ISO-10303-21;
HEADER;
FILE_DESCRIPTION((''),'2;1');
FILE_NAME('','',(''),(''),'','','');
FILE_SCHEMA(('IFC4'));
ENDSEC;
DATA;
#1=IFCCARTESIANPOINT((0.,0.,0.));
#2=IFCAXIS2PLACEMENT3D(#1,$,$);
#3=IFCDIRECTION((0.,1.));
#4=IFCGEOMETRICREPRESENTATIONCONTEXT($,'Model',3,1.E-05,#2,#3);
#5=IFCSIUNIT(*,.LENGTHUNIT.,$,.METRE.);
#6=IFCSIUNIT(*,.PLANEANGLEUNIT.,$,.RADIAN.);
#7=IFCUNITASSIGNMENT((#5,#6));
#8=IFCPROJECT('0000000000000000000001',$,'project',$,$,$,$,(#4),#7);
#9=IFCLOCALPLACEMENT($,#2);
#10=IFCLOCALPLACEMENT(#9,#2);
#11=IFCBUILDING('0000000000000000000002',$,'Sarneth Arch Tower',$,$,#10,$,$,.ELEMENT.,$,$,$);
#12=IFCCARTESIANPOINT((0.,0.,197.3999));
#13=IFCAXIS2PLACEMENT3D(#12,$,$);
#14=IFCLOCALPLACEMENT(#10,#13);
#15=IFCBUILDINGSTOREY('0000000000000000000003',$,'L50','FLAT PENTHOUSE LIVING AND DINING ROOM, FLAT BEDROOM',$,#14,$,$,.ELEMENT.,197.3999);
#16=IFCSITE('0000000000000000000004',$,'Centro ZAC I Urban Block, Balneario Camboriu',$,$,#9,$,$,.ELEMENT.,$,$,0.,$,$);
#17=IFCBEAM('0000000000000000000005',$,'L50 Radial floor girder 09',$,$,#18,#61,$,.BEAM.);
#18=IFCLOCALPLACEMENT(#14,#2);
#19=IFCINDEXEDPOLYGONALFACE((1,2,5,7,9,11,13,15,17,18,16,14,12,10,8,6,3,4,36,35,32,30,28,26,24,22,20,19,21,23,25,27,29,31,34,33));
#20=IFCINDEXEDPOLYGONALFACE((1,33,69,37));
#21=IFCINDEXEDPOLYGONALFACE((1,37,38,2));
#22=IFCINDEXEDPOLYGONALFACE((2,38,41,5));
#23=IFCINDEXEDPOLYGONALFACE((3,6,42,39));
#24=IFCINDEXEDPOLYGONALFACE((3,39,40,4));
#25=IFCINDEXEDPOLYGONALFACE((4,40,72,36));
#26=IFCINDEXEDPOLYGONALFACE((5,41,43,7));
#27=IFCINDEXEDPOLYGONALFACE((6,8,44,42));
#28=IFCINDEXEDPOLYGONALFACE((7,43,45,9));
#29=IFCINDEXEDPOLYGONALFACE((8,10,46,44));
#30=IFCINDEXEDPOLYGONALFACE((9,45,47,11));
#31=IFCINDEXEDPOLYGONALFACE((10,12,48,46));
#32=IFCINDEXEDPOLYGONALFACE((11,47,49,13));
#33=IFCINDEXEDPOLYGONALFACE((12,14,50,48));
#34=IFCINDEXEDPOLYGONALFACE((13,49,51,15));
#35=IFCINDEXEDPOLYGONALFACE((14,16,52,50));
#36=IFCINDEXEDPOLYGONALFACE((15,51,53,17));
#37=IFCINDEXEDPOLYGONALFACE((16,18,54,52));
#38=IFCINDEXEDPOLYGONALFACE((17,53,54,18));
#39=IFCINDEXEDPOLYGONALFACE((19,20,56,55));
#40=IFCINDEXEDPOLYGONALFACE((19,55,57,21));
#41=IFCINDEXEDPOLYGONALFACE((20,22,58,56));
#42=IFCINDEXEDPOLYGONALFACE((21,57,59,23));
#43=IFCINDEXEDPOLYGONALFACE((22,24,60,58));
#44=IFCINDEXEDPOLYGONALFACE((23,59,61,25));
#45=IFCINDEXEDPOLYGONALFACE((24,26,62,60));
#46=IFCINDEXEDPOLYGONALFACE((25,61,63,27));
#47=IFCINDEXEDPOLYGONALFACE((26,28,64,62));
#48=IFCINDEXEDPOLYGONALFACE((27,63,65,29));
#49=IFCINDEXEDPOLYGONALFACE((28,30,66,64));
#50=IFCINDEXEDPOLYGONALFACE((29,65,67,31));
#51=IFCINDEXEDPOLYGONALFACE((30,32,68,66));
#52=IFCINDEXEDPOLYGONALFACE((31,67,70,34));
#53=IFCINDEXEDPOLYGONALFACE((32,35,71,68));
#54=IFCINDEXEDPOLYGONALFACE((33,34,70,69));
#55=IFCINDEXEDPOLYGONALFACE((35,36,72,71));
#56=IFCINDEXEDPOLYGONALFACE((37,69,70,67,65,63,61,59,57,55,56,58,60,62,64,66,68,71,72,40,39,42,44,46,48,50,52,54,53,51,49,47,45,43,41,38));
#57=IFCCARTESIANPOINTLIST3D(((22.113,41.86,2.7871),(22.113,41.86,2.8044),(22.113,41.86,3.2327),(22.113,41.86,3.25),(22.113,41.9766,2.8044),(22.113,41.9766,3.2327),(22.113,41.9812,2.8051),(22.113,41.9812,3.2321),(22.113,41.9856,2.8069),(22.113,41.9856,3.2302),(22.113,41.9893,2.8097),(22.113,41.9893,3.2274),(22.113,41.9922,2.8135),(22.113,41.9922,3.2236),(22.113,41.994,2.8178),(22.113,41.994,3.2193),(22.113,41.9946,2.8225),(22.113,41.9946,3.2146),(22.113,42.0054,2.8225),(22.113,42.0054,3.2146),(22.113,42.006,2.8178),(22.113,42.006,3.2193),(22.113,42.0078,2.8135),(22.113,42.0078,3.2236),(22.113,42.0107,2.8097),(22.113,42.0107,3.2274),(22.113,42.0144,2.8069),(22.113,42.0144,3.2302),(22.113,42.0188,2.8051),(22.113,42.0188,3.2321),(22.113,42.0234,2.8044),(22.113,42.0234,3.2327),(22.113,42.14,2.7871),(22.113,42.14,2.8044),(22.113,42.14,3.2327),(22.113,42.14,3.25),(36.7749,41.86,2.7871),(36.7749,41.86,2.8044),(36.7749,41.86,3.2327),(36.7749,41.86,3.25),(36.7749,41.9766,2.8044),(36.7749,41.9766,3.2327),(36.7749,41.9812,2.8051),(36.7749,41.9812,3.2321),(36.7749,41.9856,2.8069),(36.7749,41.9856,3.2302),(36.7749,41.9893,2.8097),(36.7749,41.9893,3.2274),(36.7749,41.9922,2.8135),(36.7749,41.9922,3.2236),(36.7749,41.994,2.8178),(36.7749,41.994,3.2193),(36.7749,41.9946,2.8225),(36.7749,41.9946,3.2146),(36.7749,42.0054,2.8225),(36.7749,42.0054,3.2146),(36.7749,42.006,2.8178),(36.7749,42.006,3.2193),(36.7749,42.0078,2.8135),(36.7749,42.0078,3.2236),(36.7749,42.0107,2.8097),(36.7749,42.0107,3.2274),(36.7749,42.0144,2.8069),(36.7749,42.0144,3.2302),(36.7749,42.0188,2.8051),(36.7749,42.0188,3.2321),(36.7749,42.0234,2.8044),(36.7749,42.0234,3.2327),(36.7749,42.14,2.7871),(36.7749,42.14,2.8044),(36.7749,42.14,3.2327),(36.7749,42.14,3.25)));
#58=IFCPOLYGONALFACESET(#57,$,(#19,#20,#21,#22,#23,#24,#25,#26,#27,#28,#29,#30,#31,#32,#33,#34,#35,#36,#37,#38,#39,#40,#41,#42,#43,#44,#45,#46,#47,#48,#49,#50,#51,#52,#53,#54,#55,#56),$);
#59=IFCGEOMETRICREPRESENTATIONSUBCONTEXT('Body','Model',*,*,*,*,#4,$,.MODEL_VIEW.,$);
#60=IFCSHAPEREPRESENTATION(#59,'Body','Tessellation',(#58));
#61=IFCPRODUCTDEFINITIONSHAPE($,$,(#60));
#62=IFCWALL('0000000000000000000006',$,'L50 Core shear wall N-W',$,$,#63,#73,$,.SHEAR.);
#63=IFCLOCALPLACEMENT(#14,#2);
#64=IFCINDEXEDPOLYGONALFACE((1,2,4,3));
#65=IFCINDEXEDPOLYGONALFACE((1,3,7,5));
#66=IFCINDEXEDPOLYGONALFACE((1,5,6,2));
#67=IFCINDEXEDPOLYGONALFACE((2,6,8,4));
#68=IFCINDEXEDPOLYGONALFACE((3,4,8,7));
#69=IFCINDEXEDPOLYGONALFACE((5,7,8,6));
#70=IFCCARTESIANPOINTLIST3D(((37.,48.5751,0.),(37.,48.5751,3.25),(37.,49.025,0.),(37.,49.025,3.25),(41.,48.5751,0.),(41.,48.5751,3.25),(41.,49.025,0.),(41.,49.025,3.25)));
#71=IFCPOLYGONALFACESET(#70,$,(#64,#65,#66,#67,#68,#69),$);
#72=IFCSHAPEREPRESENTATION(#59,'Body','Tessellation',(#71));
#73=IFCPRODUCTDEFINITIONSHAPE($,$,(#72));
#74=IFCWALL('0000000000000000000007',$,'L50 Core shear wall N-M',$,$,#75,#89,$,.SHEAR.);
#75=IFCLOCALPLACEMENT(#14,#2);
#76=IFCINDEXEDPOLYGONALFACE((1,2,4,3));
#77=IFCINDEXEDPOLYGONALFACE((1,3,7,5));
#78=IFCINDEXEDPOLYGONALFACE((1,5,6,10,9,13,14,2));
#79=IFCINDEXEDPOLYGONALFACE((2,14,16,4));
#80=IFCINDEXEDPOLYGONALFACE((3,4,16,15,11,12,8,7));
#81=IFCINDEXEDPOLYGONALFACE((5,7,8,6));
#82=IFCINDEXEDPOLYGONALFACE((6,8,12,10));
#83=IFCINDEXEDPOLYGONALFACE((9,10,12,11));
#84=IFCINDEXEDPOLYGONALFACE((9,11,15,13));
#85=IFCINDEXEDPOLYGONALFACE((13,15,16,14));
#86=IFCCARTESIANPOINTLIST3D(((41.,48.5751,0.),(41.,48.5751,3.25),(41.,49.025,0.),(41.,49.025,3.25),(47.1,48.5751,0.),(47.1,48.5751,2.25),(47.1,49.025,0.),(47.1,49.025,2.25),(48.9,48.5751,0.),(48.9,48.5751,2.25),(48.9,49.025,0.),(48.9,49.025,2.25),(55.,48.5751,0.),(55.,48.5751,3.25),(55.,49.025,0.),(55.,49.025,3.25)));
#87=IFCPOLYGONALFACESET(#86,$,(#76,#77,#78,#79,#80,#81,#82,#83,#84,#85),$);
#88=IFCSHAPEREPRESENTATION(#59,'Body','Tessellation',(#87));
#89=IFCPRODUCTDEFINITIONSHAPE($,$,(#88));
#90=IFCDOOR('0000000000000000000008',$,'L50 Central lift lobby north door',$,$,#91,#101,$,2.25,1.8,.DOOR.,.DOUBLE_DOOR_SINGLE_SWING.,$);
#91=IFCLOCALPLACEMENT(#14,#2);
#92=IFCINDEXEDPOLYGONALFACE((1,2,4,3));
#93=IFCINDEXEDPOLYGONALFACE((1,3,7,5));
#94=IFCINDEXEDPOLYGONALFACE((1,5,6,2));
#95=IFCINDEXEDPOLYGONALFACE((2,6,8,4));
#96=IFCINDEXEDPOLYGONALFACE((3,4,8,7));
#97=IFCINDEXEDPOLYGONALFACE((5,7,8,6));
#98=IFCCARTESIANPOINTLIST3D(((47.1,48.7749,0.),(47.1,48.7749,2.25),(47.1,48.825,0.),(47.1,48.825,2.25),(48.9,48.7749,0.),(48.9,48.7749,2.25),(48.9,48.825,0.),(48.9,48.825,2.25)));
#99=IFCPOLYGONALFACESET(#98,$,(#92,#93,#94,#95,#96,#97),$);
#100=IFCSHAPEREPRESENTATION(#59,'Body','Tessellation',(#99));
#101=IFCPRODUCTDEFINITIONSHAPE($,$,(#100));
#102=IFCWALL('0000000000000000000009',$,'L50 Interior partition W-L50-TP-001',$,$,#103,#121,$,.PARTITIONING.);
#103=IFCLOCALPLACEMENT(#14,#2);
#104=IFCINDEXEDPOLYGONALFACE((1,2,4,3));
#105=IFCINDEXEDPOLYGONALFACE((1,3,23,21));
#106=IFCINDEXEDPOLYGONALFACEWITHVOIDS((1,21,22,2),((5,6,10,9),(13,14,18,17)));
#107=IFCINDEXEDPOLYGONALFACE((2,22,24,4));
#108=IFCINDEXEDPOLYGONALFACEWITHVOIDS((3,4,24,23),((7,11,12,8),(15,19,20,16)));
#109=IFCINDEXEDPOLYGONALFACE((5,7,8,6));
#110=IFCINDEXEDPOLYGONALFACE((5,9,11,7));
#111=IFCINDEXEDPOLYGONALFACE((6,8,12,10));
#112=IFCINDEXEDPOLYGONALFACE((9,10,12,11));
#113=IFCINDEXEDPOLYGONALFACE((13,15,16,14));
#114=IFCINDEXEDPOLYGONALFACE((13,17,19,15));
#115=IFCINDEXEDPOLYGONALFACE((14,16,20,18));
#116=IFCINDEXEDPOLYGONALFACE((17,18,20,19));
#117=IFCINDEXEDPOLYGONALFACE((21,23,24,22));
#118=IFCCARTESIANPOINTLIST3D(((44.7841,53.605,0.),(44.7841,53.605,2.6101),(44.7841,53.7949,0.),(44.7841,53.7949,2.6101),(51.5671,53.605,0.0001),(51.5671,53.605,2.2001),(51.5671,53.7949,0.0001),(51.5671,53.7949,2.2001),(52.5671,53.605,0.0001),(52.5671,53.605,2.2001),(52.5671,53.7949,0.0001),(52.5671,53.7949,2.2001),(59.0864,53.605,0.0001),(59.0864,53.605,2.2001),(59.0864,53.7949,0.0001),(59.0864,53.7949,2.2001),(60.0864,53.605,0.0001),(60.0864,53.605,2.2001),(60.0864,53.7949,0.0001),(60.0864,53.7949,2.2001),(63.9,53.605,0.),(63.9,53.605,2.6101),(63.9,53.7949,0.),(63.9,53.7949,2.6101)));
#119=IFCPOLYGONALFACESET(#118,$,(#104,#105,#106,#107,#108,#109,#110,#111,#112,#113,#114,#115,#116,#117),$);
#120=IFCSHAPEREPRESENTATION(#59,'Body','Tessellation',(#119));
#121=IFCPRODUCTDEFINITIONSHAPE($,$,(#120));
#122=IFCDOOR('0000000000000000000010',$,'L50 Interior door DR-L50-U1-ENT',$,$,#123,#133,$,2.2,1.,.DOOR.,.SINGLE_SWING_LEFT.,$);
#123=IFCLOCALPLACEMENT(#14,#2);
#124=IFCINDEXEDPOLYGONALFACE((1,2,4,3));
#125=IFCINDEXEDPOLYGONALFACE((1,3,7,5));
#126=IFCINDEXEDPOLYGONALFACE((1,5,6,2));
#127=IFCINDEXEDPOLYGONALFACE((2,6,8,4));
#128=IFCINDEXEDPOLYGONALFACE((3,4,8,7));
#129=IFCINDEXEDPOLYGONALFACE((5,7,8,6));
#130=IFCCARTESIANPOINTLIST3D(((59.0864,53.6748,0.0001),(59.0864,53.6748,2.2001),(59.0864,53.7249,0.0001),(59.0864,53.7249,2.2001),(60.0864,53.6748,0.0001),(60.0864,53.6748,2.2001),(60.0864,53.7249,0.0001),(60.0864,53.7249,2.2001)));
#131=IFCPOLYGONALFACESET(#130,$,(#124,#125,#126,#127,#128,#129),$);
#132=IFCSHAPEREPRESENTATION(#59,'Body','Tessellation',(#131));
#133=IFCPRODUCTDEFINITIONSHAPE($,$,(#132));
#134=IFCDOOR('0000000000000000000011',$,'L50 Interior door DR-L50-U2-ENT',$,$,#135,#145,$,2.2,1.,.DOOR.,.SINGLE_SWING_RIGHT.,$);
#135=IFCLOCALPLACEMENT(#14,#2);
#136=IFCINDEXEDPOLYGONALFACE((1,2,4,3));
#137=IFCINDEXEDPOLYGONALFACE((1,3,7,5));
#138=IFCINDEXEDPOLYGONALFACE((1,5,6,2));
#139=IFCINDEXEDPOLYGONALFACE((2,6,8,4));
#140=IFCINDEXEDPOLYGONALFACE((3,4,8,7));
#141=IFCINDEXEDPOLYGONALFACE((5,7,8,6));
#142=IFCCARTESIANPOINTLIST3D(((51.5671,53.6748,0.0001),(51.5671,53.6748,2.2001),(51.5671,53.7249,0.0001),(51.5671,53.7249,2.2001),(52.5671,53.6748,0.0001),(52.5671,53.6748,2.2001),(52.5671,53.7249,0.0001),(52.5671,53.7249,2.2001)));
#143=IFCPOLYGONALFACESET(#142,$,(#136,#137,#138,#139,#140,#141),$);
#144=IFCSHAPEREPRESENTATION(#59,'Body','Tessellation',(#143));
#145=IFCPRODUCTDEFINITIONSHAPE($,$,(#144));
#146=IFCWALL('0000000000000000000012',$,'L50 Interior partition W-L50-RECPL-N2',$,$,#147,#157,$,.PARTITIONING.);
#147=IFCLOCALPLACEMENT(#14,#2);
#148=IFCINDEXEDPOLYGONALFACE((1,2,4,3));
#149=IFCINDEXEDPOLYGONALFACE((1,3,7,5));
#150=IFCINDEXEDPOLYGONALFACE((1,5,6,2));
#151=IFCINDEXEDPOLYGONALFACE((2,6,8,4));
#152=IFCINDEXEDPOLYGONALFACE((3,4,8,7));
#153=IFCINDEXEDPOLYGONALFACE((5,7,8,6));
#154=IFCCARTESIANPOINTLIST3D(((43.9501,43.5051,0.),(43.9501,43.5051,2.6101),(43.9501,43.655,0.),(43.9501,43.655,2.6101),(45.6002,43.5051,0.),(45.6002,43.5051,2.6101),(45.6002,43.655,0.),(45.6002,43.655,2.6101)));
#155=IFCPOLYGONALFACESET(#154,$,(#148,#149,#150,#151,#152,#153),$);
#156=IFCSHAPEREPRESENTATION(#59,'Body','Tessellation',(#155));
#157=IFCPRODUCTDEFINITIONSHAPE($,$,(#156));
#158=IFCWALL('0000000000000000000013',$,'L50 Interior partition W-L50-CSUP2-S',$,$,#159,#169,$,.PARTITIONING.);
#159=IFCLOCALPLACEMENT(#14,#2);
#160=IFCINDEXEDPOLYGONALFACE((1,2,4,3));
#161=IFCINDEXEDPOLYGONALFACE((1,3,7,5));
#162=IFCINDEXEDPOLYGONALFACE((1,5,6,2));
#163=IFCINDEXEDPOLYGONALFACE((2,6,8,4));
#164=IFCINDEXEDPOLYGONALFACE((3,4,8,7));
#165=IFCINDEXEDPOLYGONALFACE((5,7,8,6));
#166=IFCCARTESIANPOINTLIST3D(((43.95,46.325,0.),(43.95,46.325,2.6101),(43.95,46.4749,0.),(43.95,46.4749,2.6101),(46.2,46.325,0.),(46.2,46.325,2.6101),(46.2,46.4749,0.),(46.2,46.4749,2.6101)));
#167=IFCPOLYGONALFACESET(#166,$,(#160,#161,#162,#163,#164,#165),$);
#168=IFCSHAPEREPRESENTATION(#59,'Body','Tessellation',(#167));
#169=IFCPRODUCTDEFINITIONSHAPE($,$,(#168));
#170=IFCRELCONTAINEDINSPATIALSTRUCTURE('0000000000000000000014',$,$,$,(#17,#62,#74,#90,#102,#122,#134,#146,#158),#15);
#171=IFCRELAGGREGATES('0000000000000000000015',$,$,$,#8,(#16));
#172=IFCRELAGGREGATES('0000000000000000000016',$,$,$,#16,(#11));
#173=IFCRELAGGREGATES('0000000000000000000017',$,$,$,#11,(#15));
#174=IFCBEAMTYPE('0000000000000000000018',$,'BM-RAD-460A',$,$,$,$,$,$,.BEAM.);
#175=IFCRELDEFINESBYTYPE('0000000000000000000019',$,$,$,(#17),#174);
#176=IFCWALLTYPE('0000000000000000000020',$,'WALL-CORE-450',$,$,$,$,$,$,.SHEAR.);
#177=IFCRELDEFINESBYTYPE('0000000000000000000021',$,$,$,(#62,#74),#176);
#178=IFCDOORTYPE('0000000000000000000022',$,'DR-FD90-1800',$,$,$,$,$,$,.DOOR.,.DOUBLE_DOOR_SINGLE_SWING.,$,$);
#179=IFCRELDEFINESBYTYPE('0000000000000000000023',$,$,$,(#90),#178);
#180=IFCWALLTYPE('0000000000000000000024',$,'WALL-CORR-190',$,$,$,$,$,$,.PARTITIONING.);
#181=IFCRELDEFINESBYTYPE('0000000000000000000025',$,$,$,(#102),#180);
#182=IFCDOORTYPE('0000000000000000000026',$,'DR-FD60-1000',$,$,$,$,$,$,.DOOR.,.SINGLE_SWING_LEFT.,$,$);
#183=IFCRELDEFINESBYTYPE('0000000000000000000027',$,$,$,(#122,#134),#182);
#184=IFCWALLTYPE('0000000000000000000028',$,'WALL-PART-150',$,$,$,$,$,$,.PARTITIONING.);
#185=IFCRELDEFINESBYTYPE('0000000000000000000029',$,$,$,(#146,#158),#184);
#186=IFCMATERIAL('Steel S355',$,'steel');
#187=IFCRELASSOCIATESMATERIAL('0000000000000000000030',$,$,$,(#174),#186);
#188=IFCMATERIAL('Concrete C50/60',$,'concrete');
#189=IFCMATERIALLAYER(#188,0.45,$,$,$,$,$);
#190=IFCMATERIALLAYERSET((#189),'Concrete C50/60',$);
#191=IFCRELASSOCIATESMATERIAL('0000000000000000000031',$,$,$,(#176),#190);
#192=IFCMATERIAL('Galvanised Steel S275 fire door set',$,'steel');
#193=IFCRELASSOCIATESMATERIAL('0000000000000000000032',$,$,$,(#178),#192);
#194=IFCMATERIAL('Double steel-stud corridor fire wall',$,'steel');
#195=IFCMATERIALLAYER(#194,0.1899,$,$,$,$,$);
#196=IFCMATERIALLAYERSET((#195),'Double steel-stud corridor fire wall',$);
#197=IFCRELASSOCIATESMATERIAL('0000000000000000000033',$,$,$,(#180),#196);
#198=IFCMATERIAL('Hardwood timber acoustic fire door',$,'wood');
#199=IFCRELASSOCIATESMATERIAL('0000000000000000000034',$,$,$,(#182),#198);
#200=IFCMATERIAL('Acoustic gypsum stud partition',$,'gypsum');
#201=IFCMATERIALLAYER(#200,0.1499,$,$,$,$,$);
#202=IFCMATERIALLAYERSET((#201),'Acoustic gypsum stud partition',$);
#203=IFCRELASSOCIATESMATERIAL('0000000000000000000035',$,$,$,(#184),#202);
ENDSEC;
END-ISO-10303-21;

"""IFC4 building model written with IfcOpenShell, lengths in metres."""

from ifc_helpers import new_model, si_unit, direction, frame, frame_2d, origin, origin_2d, place, context, subcontext, project, spatial, rectangle, i_section, extrude, material, layer, layer_set, material_profile, profile_set, type_object, element, fill, save


model = new_model("IFC4")

# Units and contexts
model_context = context("Model", 3, precision=1e-05, world=origin(), true_north=direction((0.0, 1.0)))
body_context = subcontext(model_context, "Body", "Model", "MODEL_VIEW")
ifc_project = project(units=[si_unit("LENGTHUNIT", "METRE"), si_unit("PLANEANGLEUNIT", "RADIAN")], contexts=[model_context])

# Site, building, storey
site_placement = place(None, origin())
site = spatial("IfcSite", under=ifc_project, at=site_placement, Name="Centro ZAC I Urban Block, Balneario Camboriu", CompositionType="ELEMENT", RefElevation=0.0)
building_placement = place(site_placement, origin())
building = spatial("IfcBuilding", under=site, at=building_placement, Name="Sarneth Arch Tower", CompositionType="ELEMENT")
storey_placement = place(building_placement, frame((0.0, 0.0, 197.3999)))
storey = spatial("IfcBuildingStorey", under=building, at=storey_placement, Name="L50", Description="FLAT PENTHOUSE LIVING AND DINING ROOM, FLAT BEDROOM", CompositionType="ELEMENT", Elevation=197.3999)

# Beam
ifc_material_1 = material(Name="Steel S355", Category="steel")
ifc_material_profile_1 = material_profile(ifc_material_1, i_section(OverallWidth=0.28, OverallDepth=0.4629, WebThickness=0.0107, FlangeThickness=0.0173, FilletRadius=0.0181, at=origin_2d()), Name="W460x113")
ifc_profile_set_1 = profile_set([ifc_material_profile_1], Name="Steel S355")
beam_type_1 = type_object("IfcBeamType", Name="BM-RAD-460A", PredefinedType="BEAM", material=ifc_profile_set_1)
beam_1_placement = place(storey_placement, frame((36.7749, 42.0, 3.0186), z_axis=(-1.0, 0.0, 0.0), x_axis=(0.0, -1.0, 0.0)))
element("IfcBeam", 1, at=beam_1_placement, inside=storey, type_object=beam_type_1, Name="L50 Radial floor girder 09", PredefinedType="BEAM", context=body_context, shape_type="SweptSolid", body=[
    extrude(i_section(OverallWidth=0.28, OverallDepth=0.4629, WebThickness=0.0107, FlangeThickness=0.0173, FilletRadius=0.0181, at=origin_2d()), origin(), (0.0, 0.0, 1.0), 14.6619),
])

# Wall
ifc_material_2 = material(Name="Concrete C50/60", Category="concrete")
ifc_layer_1 = layer(ifc_material_2, 0.45)
ifc_layer_set_1 = layer_set([ifc_layer_1], Name="Concrete C50/60")
wall_type_1 = type_object("IfcWallType", Name="WALL-CORE-450", PredefinedType="SHEAR", material=ifc_layer_set_1)
wall_1_placement = place(storey_placement, frame((37.0, 48.8, 0.0), z_axis=(0.0, 0.0, 1.0), x_axis=(1.0, 0.0, 0.0)))
element("IfcWall", 2, at=wall_1_placement, inside=storey, type_object=wall_type_1, Name="L50 Core shear wall N-W", PredefinedType="SHEAR", context=body_context, shape_type="SweptSolid", body=[
    extrude(rectangle(XDim=4.0, YDim=0.45, at=frame_2d((2.0, 0.0))), origin(), (0.0, 0.0, 1.0), 3.25),
])

# Wall, opening, door
wall_2_placement = place(storey_placement, frame((41.0, 48.8, 0.0), z_axis=(0.0, 0.0, 1.0), x_axis=(1.0, 0.0, 0.0)))
wall_2 = element("IfcWall", 3, at=wall_2_placement, inside=storey, type_object=wall_type_1, Name="L50 Core shear wall N-M", PredefinedType="SHEAR", context=body_context, shape_type="SweptSolid", body=[
    extrude(rectangle(XDim=14.0, YDim=0.45, at=frame_2d((7.0, 0.0))), origin(), (0.0, 0.0, 1.0), 3.25),
])
opening_1_placement = place(wall_2_placement, frame((6.1001, 0.0, 0.0)))
opening_1 = element("IfcOpeningElement", 4, at=opening_1_placement, cuts=wall_2, PredefinedType="OPENING", context=body_context, shape_type="SweptSolid", body=[
    extrude(rectangle(XDim=1.8, YDim=2.25, at=frame_2d((0.8999, 1.125))), frame((0.0, 0.2349, 0.0), z_axis=(0.0, -1.0, 0.0), x_axis=(1.0, 0.0, 0.0)), (0.0, 0.0, 1.0), 0.47),
])
ifc_material_3 = material(Name="Galvanised Steel S275 fire door set", Category="steel")
door_type_1 = type_object("IfcDoorType", Name="DR-FD90-1800", OperationType="DOUBLE_DOOR_SINGLE_SWING", PredefinedType="DOOR", material=ifc_material_3)
door_1_placement = place(opening_1_placement, origin())
door_1 = element("IfcDoor", 5, at=door_1_placement, inside=storey, type_object=door_type_1, Name="L50 Central lift lobby north door", OperationType="DOUBLE_DOOR_SINGLE_SWING", OverallHeight=2.25, OverallWidth=1.8, PredefinedType="DOOR", context=body_context, shape_type="SweptSolid", body=[
    extrude(rectangle(XDim=1.8, YDim=2.25, at=frame_2d((0.8999, 1.125))), frame((0.0, 0.0249, 0.0), z_axis=(0.0, -1.0, 0.0), x_axis=(1.0, 0.0, 0.0)), (0.0, 0.0, 1.0), 0.05),
])
fill(opening_1, door_1)

# Wall, openings, doors
ifc_material_4 = material(Name="Double steel-stud corridor fire wall", Category="steel")
ifc_layer_2 = layer(ifc_material_4, 0.1899)
ifc_layer_set_2 = layer_set([ifc_layer_2], Name="Double steel-stud corridor fire wall")
wall_type_2 = type_object("IfcWallType", Name="WALL-CORR-190", PredefinedType="PARTITIONING", material=ifc_layer_set_2)
wall_3_placement = place(storey_placement, frame((44.7839, 53.7, 0.0), z_axis=(0.0, 0.0, 1.0), x_axis=(1.0, 0.0, 0.0)))
wall_3 = element("IfcWall", 6, at=wall_3_placement, inside=storey, type_object=wall_type_2, Name="L50 Interior partition W-L50-TP-001", PredefinedType="PARTITIONING", context=body_context, shape_type="SweptSolid", body=[
    extrude(rectangle(XDim=19.116, YDim=0.1899, at=frame_2d((9.5581, 0.0))), origin(), (0.0, 0.0, 1.0), 2.6101),
])
opening_2_placement = place(wall_3_placement, frame((14.3025, 0.0, 0.0)))
opening_2 = element("IfcOpeningElement", 7, at=opening_2_placement, cuts=wall_3, PredefinedType="OPENING", context=body_context, shape_type="SweptSolid", body=[
    extrude(rectangle(XDim=1.0, YDim=2.2, at=frame_2d((0.5, 1.1001))), frame((0.0, 0.105, 0.0), z_axis=(0.0, -1.0, 0.0), x_axis=(1.0, 0.0, 0.0)), (0.0, 0.0, 1.0), 0.21),
])
opening_3_placement = place(wall_3_placement, frame((6.7832, 0.0, 0.0)))
opening_3 = element("IfcOpeningElement", 8, at=opening_3_placement, cuts=wall_3, PredefinedType="OPENING", context=body_context, shape_type="SweptSolid", body=[
    extrude(rectangle(XDim=1.0, YDim=2.2, at=frame_2d((0.5, 1.1001))), frame((0.0, 0.105, 0.0), z_axis=(0.0, -1.0, 0.0), x_axis=(1.0, 0.0, 0.0)), (0.0, 0.0, 1.0), 0.21),
])
ifc_material_5 = material(Name="Hardwood timber acoustic fire door", Category="wood")
door_type_2 = type_object("IfcDoorType", Name="DR-FD60-1000", OperationType="SINGLE_SWING_LEFT", PredefinedType="DOOR", material=ifc_material_5)
door_2_placement = place(opening_2_placement, origin())
door_2 = element("IfcDoor", 9, at=door_2_placement, inside=storey, type_object=door_type_2, Name="L50 Interior door DR-L50-U1-ENT", OperationType="SINGLE_SWING_LEFT", OverallHeight=2.2, OverallWidth=1.0, PredefinedType="DOOR", context=body_context, shape_type="SweptSolid", body=[
    extrude(rectangle(XDim=1.0, YDim=2.2, at=frame_2d((0.5, 1.1001))), frame((0.0, 0.0249, 0.0), z_axis=(0.0, -1.0, 0.0), x_axis=(1.0, 0.0, 0.0)), (0.0, 0.0, 1.0), 0.05),
])
fill(opening_2, door_2)
door_3_placement = place(opening_3_placement, origin())
door_3 = element("IfcDoor", 10, at=door_3_placement, inside=storey, type_object=door_type_2, Name="L50 Interior door DR-L50-U2-ENT", OperationType="SINGLE_SWING_RIGHT", OverallHeight=2.2, OverallWidth=1.0, PredefinedType="DOOR", context=body_context, shape_type="SweptSolid", body=[
    extrude(rectangle(XDim=1.0, YDim=2.2, at=frame_2d((0.5, 1.1001))), frame((0.0, 0.0249, 0.0), z_axis=(0.0, -1.0, 0.0), x_axis=(1.0, 0.0, 0.0)), (0.0, 0.0, 1.0), 0.05),
])
fill(opening_3, door_3)

# Walls
ifc_material_6 = material(Name="Acoustic gypsum stud partition", Category="gypsum")
ifc_layer_3 = layer(ifc_material_6, 0.1499)
ifc_layer_set_3 = layer_set([ifc_layer_3], Name="Acoustic gypsum stud partition")
wall_type_3 = type_object("IfcWallType", Name="WALL-PART-150", PredefinedType="PARTITIONING", material=ifc_layer_set_3)
wall_4_placement = place(storey_placement, frame((43.95, 43.5801, 0.0), z_axis=(0.0, 0.0, 1.0), x_axis=(1.0, 0.0, 0.0)))
element("IfcWall", 11, at=wall_4_placement, inside=storey, type_object=wall_type_3, Name="L50 Interior partition W-L50-RECPL-N2", PredefinedType="PARTITIONING", context=body_context, shape_type="SweptSolid", body=[
    extrude(rectangle(XDim=1.6501, YDim=0.1499, at=frame_2d((0.8252, 0.0))), origin(), (0.0, 0.0, 1.0), 2.6101),
])
wall_5_placement = place(storey_placement, frame((43.95, 46.3999, 0.0), z_axis=(0.0, 0.0, 1.0), x_axis=(1.0, 0.0, 0.0)))
element("IfcWall", 12, at=wall_5_placement, inside=storey, type_object=wall_type_3, Name="L50 Interior partition W-L50-CSUP2-S", PredefinedType="PARTITIONING", context=body_context, shape_type="SweptSolid", body=[
    extrude(rectangle(XDim=2.25, YDim=0.1499, at=frame_2d((1.125, 0.0))), origin(), (0.0, 0.0, 1.0), 2.6101),
])

save(model, "model.ifc")
